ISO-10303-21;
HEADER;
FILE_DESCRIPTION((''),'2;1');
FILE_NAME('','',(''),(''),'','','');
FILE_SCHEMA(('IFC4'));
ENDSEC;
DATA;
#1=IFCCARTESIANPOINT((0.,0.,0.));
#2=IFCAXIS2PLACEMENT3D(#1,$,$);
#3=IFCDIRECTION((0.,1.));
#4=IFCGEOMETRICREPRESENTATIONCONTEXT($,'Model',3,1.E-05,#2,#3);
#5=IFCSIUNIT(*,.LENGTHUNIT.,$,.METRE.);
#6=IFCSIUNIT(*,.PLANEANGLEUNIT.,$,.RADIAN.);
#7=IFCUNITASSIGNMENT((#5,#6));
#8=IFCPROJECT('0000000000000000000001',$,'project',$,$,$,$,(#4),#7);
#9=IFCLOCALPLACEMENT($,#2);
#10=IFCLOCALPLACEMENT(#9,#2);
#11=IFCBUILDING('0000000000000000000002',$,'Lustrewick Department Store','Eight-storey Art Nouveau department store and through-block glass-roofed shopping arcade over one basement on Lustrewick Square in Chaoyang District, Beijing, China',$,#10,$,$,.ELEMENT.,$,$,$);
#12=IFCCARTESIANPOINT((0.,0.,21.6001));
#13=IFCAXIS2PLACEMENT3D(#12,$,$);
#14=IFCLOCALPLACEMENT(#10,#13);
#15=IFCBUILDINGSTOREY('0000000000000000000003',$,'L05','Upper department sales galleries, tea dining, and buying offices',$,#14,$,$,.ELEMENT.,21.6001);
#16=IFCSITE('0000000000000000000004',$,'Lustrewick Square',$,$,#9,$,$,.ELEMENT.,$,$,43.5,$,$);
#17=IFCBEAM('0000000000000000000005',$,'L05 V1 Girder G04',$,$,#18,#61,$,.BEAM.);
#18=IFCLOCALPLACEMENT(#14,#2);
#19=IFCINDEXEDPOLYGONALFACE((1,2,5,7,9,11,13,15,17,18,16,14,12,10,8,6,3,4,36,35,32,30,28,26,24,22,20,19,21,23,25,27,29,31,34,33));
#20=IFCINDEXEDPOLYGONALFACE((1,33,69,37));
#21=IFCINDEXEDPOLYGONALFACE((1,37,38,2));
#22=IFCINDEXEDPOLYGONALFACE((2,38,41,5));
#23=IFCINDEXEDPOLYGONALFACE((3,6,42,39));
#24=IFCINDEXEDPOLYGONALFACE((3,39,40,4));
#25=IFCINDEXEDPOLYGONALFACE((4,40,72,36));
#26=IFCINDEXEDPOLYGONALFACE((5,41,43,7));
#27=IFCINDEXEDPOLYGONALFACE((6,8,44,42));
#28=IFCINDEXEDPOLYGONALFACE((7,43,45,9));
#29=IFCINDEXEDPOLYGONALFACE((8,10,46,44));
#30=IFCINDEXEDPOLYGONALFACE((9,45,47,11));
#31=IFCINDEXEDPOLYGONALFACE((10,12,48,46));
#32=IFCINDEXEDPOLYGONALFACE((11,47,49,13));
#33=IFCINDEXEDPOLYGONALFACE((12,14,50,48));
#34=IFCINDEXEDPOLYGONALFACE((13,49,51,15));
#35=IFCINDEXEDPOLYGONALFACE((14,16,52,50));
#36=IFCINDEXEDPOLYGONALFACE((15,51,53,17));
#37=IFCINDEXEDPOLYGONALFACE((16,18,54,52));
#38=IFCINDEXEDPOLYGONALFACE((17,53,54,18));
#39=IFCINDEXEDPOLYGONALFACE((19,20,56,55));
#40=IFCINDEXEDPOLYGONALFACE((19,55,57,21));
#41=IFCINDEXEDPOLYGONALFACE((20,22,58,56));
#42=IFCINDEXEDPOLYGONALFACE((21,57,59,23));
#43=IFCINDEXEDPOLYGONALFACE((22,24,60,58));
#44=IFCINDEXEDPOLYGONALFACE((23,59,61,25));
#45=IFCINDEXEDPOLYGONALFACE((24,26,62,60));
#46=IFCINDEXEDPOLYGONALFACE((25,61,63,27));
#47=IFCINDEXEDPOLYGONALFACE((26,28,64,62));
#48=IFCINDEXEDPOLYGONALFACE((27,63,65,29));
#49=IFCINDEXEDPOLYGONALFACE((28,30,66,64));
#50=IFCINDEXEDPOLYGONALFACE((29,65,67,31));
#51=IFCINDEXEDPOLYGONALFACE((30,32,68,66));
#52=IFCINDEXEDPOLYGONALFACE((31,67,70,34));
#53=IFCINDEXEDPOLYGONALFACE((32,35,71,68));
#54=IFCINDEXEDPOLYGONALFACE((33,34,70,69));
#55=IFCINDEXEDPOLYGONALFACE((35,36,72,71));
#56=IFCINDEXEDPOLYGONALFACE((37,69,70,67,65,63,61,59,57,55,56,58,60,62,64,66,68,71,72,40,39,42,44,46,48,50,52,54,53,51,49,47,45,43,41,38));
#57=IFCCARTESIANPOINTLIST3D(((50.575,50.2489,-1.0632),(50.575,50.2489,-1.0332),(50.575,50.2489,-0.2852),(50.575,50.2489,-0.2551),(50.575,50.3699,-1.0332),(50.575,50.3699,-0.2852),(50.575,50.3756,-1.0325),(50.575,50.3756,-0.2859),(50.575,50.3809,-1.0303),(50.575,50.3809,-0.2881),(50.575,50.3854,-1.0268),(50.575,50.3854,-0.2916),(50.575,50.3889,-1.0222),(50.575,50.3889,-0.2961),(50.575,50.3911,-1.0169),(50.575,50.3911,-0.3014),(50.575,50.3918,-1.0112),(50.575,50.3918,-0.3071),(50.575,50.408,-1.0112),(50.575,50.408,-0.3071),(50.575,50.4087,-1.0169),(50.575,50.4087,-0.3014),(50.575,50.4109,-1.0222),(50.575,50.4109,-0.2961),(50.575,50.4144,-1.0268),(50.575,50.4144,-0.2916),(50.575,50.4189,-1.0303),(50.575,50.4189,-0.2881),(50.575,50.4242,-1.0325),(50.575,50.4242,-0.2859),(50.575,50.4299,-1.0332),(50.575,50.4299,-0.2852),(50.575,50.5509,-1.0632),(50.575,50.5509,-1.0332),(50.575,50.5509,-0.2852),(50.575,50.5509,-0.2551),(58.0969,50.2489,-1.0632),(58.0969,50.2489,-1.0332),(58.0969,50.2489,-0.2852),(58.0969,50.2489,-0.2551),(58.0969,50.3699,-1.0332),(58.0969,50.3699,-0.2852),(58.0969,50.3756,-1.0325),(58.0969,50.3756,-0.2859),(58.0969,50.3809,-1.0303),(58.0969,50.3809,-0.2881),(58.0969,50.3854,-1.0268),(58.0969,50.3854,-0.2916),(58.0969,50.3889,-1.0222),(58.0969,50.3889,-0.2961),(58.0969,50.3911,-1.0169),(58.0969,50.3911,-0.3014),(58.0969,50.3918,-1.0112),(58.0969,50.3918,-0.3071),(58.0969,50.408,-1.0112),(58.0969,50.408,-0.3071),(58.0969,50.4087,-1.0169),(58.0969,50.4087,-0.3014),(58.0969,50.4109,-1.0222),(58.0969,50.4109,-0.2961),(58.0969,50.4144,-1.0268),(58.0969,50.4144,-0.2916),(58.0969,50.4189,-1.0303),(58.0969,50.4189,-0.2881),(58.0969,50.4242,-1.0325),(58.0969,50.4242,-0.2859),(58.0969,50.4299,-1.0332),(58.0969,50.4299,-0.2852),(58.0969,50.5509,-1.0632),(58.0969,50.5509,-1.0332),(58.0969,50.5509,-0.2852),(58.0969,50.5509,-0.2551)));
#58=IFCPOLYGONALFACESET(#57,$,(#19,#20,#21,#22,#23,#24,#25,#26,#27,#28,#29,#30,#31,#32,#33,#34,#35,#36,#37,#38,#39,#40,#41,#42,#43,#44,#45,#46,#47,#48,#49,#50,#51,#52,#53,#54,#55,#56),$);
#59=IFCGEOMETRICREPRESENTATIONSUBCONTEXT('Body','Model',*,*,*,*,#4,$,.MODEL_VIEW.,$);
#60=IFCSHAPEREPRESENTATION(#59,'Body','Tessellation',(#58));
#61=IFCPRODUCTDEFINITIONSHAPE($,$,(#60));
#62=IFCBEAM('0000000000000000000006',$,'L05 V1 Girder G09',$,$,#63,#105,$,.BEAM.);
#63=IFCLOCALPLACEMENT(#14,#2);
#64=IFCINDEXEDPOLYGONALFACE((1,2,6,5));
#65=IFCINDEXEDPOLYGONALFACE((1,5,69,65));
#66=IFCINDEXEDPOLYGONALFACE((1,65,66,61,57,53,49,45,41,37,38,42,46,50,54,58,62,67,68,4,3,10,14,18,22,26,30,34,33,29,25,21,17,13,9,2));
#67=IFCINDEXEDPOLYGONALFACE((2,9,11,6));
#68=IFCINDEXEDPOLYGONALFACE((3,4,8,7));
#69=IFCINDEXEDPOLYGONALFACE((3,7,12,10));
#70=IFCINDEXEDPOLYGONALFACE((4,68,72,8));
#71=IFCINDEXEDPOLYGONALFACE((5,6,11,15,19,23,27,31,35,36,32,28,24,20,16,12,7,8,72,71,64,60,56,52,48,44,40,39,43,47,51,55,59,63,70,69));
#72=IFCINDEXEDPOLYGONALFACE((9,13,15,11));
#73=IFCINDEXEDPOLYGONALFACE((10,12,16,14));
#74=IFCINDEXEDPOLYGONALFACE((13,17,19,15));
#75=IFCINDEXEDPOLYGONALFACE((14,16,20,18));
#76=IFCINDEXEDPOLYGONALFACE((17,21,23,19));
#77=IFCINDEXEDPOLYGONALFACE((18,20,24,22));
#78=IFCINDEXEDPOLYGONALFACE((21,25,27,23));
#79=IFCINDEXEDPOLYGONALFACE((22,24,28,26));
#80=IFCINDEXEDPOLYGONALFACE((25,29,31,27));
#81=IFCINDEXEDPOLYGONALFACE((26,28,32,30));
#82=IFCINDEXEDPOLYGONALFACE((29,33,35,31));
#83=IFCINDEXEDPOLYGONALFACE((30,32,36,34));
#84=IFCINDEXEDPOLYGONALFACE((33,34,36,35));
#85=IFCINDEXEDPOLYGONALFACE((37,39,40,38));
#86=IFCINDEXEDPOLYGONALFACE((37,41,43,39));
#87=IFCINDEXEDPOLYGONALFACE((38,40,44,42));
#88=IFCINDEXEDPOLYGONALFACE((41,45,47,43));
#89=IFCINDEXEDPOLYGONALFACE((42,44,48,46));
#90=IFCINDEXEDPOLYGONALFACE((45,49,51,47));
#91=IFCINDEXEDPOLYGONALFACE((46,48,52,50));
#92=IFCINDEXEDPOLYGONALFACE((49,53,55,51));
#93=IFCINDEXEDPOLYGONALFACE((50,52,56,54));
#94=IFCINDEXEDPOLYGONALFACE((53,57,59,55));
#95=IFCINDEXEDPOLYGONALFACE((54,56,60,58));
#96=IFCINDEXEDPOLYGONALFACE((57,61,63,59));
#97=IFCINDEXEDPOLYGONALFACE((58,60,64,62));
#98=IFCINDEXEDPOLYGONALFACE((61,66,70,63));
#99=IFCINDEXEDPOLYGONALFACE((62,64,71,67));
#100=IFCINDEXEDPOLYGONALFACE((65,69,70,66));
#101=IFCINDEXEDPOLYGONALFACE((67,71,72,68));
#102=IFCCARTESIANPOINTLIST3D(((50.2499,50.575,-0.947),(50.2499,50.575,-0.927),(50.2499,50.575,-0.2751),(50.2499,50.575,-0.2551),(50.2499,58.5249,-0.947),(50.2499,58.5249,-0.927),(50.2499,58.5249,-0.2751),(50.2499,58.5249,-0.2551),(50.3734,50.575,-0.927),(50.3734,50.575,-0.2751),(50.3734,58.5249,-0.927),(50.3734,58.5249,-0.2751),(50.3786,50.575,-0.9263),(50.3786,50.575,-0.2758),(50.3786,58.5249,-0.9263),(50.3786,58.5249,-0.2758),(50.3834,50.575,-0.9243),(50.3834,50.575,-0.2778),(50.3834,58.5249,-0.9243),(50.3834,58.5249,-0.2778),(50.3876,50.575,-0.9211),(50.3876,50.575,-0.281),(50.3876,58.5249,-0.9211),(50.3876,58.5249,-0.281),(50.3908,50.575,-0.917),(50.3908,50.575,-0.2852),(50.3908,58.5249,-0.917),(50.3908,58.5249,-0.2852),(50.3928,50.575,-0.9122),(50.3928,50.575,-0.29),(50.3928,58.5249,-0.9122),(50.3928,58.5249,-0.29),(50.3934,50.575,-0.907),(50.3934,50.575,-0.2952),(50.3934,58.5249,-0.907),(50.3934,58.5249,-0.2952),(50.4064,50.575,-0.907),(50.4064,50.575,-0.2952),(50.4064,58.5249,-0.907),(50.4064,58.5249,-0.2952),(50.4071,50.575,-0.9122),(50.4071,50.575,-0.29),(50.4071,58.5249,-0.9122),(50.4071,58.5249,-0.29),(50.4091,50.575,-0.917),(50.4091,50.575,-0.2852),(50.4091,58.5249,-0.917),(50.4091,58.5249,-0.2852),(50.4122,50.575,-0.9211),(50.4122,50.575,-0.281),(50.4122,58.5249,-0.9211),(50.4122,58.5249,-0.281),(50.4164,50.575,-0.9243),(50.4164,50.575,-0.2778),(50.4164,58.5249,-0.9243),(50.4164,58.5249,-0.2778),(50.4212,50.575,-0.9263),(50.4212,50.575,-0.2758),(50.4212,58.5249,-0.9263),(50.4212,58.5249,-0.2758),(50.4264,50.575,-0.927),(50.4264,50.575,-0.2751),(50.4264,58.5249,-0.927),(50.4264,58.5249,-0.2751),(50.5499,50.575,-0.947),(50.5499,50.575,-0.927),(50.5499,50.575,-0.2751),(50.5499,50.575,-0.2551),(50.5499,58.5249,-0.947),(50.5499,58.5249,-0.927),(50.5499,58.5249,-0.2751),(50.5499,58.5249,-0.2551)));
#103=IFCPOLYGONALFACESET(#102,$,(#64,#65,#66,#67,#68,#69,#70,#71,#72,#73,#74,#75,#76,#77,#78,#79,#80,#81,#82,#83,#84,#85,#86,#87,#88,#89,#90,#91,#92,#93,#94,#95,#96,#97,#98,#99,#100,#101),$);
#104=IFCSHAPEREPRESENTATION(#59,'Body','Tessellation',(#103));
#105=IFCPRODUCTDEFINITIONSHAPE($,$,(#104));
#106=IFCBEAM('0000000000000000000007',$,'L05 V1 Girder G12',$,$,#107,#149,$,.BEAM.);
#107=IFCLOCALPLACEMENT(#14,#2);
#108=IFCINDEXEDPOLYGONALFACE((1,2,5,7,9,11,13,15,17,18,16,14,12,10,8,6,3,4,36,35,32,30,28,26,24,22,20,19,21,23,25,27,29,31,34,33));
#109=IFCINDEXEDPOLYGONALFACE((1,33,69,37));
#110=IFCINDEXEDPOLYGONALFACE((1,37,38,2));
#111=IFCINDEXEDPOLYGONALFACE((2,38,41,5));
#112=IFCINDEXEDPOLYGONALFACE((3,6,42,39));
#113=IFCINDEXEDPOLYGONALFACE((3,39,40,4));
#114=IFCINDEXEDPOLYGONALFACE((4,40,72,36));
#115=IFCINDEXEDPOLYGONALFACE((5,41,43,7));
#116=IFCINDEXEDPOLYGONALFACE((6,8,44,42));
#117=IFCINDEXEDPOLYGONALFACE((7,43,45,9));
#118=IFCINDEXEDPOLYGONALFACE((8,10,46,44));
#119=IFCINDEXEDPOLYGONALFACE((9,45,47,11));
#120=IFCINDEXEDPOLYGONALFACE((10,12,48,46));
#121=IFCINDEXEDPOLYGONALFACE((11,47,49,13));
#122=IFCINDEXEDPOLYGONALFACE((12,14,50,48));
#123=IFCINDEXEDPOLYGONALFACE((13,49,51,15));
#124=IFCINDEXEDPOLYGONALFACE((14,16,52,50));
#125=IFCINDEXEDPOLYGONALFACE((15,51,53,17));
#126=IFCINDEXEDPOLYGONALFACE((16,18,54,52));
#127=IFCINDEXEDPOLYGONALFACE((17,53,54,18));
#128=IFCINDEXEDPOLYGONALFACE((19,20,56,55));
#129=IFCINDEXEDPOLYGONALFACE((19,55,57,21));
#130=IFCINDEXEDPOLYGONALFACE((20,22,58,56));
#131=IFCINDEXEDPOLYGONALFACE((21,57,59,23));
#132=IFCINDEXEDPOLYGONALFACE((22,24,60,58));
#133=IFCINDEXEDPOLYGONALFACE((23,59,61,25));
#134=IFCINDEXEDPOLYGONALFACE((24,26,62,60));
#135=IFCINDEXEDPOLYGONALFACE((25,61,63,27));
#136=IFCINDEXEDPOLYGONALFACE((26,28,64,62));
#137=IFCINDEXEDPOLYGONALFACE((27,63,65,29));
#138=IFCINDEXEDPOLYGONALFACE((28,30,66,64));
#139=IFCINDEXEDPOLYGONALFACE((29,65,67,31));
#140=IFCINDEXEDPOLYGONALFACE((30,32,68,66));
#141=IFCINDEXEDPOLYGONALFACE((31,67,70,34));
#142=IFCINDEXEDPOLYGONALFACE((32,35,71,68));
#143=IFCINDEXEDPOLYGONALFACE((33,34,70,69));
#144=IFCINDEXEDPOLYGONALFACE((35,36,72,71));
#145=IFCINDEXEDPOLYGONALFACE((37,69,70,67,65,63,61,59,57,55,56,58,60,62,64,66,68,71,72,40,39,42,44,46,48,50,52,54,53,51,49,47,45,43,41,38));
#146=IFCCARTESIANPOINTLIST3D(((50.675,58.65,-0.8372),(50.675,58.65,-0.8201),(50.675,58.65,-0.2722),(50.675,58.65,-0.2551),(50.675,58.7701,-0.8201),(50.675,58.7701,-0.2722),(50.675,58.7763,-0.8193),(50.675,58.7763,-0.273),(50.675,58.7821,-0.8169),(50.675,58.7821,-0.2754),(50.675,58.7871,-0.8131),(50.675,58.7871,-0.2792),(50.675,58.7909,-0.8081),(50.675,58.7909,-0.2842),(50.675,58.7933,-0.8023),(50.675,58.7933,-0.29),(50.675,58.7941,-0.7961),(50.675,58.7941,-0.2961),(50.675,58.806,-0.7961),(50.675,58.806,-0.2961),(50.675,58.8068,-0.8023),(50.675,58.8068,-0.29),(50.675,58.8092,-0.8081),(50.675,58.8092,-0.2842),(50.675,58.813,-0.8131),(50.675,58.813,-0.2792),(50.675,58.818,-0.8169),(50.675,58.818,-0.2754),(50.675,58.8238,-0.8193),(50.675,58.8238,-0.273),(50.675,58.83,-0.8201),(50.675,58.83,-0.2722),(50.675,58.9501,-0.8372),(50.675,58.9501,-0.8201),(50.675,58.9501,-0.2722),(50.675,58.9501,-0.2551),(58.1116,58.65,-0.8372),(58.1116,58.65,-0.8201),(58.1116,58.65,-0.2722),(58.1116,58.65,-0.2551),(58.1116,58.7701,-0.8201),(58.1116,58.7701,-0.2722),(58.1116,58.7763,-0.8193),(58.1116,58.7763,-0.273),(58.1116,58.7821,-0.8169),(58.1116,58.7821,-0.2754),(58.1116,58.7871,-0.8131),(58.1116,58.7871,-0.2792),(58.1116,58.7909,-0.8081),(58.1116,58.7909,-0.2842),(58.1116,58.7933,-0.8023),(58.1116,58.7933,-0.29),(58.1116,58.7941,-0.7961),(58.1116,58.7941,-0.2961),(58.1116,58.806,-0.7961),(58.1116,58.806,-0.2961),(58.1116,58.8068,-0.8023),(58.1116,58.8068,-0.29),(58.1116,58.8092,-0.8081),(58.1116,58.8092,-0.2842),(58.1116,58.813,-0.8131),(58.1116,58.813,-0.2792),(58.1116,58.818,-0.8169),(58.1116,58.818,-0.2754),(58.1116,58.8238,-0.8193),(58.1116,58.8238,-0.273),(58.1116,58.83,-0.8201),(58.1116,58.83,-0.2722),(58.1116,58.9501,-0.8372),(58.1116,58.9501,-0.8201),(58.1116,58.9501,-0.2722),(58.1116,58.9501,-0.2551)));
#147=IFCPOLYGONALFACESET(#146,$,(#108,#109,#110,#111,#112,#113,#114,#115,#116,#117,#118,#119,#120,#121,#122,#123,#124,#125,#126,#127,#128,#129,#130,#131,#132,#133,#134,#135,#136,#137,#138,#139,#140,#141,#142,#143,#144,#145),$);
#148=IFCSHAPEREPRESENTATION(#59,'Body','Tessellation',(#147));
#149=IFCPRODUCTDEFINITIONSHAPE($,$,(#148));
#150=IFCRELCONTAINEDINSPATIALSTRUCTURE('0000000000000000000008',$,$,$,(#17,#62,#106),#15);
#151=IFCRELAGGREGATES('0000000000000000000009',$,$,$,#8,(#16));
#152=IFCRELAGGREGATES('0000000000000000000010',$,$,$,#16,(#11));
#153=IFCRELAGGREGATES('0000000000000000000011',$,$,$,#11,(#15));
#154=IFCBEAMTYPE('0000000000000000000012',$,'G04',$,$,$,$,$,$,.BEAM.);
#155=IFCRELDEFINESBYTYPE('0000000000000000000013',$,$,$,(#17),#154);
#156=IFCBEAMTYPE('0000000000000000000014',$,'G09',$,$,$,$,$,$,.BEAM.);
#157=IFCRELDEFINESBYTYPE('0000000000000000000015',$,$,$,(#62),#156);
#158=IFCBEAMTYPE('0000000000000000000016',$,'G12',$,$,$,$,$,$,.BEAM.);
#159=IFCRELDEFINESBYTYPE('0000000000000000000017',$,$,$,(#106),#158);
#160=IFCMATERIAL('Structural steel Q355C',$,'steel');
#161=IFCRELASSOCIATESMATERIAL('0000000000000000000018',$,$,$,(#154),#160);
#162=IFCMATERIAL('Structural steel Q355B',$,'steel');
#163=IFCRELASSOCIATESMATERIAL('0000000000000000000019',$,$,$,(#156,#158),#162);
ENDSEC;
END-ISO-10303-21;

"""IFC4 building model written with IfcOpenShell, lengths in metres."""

from ifc_helpers import new_model, si_unit, direction, frame, origin, origin_2d, place, context, subcontext, project, spatial, i_section, extrude, material, material_profile, profile_set, type_object, element, save


model = new_model("IFC4")

# Units and contexts
model_context = context("Model", 3, precision=1e-05, world=origin(), true_north=direction((0.0, 1.0)))
body_context = subcontext(model_context, "Body", "Model", "MODEL_VIEW")
ifc_project = project(units=[si_unit("LENGTHUNIT", "METRE"), si_unit("PLANEANGLEUNIT", "RADIAN")], contexts=[model_context])

# Site, building, storey
site_placement = place(None, origin())
site = spatial("IfcSite", under=ifc_project, at=site_placement, Name="Lustrewick Square", CompositionType="ELEMENT", RefElevation=43.5)
building_placement = place(site_placement, origin())
building = spatial("IfcBuilding", under=site, at=building_placement, Name="Lustrewick Department Store", Description="Eight-storey Art Nouveau department store and through-block glass-roofed shopping arcade over one basement on Lustrewick Square in Chaoyang District, Beijing, China", CompositionType="ELEMENT")
storey_placement = place(building_placement, frame((0.0, 0.0, 21.6001)))
storey = spatial("IfcBuildingStorey", under=building, at=storey_placement, Name="L05", Description="Upper department sales galleries, tea dining, and buying offices", CompositionType="ELEMENT", Elevation=21.6001)

# Shared definitions
ifc_material_1 = material(Name="Structural steel Q355B", Category="steel")

# Beams
ifc_material_2 = material(Name="Structural steel Q355C", Category="steel")
ifc_material_profile_1 = material_profile(ifc_material_2, i_section(OverallWidth=0.302, OverallDepth=0.8081, WebThickness=0.0161, FlangeThickness=0.03, FilletRadius=0.022, at=origin_2d()), Name="HN 808x302x16x30")
ifc_profile_set_1 = profile_set([ifc_material_profile_1], Name="Structural steel Q355C")
beam_type_1 = type_object("IfcBeamType", Name="G04", PredefinedType="BEAM", material=ifc_profile_set_1)
beam_1_placement = place(storey_placement, frame((50.575, 50.3999, -0.6592), z_axis=(1.0, 0.0, 0.0), x_axis=(0.0, 1.0, 0.0)))
element("IfcBeam", 1, at=beam_1_placement, inside=storey, type_object=beam_type_1, Name="L05 V1 Girder G04", PredefinedType="BEAM", context=body_context, shape_type="SweptSolid", body=[
    extrude(i_section(OverallWidth=0.302, OverallDepth=0.8081, WebThickness=0.0161, FlangeThickness=0.03, FilletRadius=0.022, at=origin_2d()), origin(), (0.0, 0.0, 1.0), 7.522),
])
ifc_material_profile_2 = material_profile(ifc_material_1, i_section(OverallWidth=0.3, OverallDepth=0.6919, WebThickness=0.0129, FlangeThickness=0.02, FilletRadius=0.02, at=origin_2d()), Name="HN 692x300x13x20")
ifc_profile_set_2 = profile_set([ifc_material_profile_2], Name="Structural steel Q355B")
beam_type_2 = type_object("IfcBeamType", Name="G09", PredefinedType="BEAM", material=ifc_profile_set_2)
beam_2_placement = place(storey_placement, frame((50.3999, 50.575, -0.6011), z_axis=(0.0, 1.0, 0.0), x_axis=(-1.0, 0.0, 0.0)))
element("IfcBeam", 2, at=beam_2_placement, inside=storey, type_object=beam_type_2, Name="L05 V1 Girder G09", PredefinedType="BEAM", context=body_context, shape_type="SweptSolid", body=[
    extrude(i_section(OverallWidth=0.3, OverallDepth=0.6919, WebThickness=0.0129, FlangeThickness=0.02, FilletRadius=0.02, at=origin_2d()), origin(), (0.0, 0.0, 1.0), 7.95),
])
ifc_material_profile_3 = material_profile(ifc_material_1, i_section(OverallWidth=0.3, OverallDepth=0.582, WebThickness=0.012, FlangeThickness=0.0171, FilletRadius=0.0239, at=origin_2d()), Name="HM 582x300x12x17")
ifc_profile_set_3 = profile_set([ifc_material_profile_3], Name="Structural steel Q355B")
beam_type_3 = type_object("IfcBeamType", Name="G12", PredefinedType="BEAM", material=ifc_profile_set_3)
beam_3_placement = place(storey_placement, frame((50.675, 58.8, -0.5461), z_axis=(1.0, 0.0, 0.0), x_axis=(0.0, 1.0, 0.0)))
element("IfcBeam", 3, at=beam_3_placement, inside=storey, type_object=beam_type_3, Name="L05 V1 Girder G12", PredefinedType="BEAM", context=body_context, shape_type="SweptSolid", body=[
    extrude(i_section(OverallWidth=0.3, OverallDepth=0.582, WebThickness=0.012, FlangeThickness=0.0171, FilletRadius=0.0239, at=origin_2d()), origin(), (0.0, 0.0, 1.0), 7.4365),
])

save(model, "model.ifc")
